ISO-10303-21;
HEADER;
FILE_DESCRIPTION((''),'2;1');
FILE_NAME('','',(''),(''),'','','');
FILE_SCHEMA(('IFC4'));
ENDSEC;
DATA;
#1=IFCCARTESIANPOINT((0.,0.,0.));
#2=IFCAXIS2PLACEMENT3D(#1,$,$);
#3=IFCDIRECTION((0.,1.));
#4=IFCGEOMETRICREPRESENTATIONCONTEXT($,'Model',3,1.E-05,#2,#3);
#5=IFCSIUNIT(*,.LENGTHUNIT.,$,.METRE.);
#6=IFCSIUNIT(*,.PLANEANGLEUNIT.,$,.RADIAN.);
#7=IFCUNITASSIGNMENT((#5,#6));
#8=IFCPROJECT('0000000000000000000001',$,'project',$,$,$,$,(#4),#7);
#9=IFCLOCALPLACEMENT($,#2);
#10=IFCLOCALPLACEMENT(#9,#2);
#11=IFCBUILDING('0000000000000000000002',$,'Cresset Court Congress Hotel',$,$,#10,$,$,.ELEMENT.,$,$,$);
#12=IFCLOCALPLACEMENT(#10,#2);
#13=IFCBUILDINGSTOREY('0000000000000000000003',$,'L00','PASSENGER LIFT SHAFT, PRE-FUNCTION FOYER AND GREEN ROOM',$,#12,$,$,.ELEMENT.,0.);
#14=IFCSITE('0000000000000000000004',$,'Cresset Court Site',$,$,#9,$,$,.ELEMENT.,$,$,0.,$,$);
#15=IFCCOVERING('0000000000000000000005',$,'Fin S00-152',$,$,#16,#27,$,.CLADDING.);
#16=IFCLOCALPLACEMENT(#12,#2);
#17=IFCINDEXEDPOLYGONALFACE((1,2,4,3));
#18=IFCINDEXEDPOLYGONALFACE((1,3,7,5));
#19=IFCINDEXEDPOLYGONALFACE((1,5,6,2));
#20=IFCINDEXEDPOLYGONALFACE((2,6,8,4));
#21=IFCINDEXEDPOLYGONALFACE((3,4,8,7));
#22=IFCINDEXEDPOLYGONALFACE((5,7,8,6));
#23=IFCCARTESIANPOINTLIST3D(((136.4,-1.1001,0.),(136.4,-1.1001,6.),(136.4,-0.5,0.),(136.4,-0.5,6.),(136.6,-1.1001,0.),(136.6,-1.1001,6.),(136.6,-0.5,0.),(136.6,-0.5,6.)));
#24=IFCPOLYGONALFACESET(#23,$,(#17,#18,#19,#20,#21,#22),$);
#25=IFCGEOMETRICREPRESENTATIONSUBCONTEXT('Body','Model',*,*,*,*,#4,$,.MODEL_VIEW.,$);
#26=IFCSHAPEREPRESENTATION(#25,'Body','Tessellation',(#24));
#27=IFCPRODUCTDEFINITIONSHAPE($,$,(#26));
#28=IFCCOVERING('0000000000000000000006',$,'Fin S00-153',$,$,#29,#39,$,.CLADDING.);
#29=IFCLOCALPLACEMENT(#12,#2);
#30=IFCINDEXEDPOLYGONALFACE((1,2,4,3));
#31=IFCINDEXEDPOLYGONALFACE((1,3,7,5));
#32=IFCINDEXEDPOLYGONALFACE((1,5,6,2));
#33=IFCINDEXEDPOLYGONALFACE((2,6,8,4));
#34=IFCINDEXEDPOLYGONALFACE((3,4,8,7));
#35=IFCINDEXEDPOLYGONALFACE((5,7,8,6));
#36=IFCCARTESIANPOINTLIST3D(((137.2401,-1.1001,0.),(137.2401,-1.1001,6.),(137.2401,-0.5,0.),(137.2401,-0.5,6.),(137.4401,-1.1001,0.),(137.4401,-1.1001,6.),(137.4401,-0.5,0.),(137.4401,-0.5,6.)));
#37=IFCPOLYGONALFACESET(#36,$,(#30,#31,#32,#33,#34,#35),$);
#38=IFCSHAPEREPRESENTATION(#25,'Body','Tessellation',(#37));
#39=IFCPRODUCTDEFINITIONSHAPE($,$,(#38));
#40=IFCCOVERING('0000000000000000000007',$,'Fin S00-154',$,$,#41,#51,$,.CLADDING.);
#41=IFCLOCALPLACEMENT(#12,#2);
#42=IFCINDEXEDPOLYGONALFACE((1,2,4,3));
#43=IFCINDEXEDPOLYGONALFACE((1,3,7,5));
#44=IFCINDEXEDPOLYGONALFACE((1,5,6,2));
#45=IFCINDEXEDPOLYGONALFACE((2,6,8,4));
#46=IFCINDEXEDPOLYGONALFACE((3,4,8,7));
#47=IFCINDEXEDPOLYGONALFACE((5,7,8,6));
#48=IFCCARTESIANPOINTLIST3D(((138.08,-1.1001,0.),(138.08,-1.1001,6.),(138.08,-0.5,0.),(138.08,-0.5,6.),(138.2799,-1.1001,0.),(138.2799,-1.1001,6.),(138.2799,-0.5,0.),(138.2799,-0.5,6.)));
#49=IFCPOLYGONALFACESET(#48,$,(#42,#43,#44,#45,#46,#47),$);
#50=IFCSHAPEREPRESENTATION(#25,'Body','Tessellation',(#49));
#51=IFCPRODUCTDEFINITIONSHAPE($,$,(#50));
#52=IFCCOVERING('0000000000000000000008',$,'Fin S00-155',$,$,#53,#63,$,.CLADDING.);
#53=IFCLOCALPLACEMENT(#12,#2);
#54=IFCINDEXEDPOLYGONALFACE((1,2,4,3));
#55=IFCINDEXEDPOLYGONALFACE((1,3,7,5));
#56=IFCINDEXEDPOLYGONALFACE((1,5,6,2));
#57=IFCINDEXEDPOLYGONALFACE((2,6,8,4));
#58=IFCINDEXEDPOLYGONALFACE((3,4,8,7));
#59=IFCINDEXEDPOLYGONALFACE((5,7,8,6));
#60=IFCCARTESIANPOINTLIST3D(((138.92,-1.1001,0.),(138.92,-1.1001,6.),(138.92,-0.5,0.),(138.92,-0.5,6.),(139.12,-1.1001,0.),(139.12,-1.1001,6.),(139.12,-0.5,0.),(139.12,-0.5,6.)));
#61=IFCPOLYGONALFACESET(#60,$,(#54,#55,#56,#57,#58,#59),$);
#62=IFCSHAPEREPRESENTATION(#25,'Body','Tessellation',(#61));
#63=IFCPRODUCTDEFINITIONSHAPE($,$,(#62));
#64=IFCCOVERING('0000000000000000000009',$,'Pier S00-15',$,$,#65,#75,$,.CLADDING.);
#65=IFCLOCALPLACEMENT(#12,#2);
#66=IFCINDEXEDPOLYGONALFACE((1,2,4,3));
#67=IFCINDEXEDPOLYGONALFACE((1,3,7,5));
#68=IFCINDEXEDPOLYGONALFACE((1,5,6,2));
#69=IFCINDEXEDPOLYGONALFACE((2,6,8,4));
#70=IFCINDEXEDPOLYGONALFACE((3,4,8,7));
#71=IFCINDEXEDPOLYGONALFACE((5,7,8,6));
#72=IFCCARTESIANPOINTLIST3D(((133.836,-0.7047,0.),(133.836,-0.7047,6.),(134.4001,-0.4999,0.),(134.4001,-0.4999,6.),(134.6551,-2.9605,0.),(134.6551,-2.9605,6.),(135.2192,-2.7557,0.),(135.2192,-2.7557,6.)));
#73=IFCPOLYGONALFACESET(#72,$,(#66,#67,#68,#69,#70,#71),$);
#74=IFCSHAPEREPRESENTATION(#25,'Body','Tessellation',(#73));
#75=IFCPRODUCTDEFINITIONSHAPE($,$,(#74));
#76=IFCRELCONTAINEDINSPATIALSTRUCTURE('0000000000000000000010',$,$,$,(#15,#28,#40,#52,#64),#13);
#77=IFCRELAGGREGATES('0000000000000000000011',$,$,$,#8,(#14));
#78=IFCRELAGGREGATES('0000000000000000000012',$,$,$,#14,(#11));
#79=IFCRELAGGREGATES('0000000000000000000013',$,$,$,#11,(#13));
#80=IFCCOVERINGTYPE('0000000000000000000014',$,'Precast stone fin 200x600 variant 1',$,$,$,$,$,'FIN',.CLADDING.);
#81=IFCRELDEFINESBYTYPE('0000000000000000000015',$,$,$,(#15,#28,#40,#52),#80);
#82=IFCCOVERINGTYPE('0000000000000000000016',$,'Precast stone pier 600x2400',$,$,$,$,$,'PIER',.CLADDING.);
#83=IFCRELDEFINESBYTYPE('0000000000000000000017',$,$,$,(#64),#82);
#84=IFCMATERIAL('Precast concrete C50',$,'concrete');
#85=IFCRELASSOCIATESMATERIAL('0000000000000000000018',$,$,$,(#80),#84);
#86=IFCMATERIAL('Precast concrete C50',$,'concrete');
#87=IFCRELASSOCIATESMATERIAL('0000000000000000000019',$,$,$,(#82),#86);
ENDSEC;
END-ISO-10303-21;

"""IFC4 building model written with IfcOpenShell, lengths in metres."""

from ifc_helpers import new_model, si_unit, direction, frame, origin, origin_2d, place, context, subcontext, project, spatial, rectangle, extrude, material, type_object, element, save


model = new_model("IFC4")

# Units and contexts
model_context = context("Model", 3, precision=1e-05, world=origin(), true_north=direction((0.0, 1.0)))
body_context = subcontext(model_context, "Body", "Model", "MODEL_VIEW")
ifc_project = project(units=[si_unit("LENGTHUNIT", "METRE"), si_unit("PLANEANGLEUNIT", "RADIAN")], contexts=[model_context])

# Site, building, storey
site_placement = place(None, origin())
site = spatial("IfcSite", under=ifc_project, at=site_placement, Name="Cresset Court Site", CompositionType="ELEMENT", RefElevation=0.0)
building_placement = place(site_placement, origin())
building = spatial("IfcBuilding", under=site, at=building_placement, Name="Cresset Court Congress Hotel", CompositionType="ELEMENT")
storey_placement = place(building_placement, origin())
storey = spatial("IfcBuildingStorey", under=building, at=storey_placement, Name="L00", Description="PASSENGER LIFT SHAFT, PRE-FUNCTION FOYER AND GREEN ROOM", CompositionType="ELEMENT", Elevation=0.0)

# Coverings
ifc_material_1 = material(Name="Precast concrete C50", Category="concrete")
covering_type_1 = type_object("IfcCoveringType", Name="Precast stone fin 200x600 variant 1", ElementType="FIN", PredefinedType="CLADDING", material=ifc_material_1)
for number, where, z_axis, x_axis, name in (
    (1, (136.5, -0.8, 0.0), (0.0, 0.0, 1.0), (1.0, 0.0, 0.0), "Fin S00-152"),
    (2, (137.3401, -0.8, 0.0), (0.0, 0.0, 1.0), (1.0, 0.0, 0.0), "Fin S00-153"),
    (3, (138.1799, -0.8, 0.0), (0.0, 0.0, 1.0), (1.0, 0.0, 0.0), "Fin S00-154"),
    (4, (139.02, -0.8, 0.0), (0.0, 0.0, 1.0), (1.0, 0.0, 0.0), "Fin S00-155"),
):
    element("IfcCovering", number, at=place(storey_placement, frame(where, z_axis=z_axis, x_axis=x_axis)), inside=storey, type_object=covering_type_1, Name=name, PredefinedType="CLADDING", context=body_context, shape_type="SweptSolid", body=[
        extrude(rectangle(XDim=0.2, YDim=0.6001, at=origin_2d()), origin(), (0.0, 0.0, 1.0), 6.0),
    ])
ifc_material_2 = material(Name="Precast concrete C50", Category="concrete")
covering_type_2 = type_object("IfcCoveringType", Name="Precast stone pier 600x2400", ElementType="PIER", PredefinedType="CLADDING", material=ifc_material_2)
covering_placement = place(storey_placement, frame((134.5276, -1.7302, 0.0), z_axis=(0.0, 0.0, 1.0), x_axis=(0.939957, 0.341293, 0.0)))
element("IfcCovering", 5, at=covering_placement, inside=storey, type_object=covering_type_2, Name="Pier S00-15", PredefinedType="CLADDING", context=body_context, shape_type="SweptSolid", body=[
    extrude(rectangle(XDim=0.6001, YDim=2.3999, at=origin_2d()), origin(), (0.0, 0.0, 1.0), 6.0),
])

save(model, "model.ifc")
